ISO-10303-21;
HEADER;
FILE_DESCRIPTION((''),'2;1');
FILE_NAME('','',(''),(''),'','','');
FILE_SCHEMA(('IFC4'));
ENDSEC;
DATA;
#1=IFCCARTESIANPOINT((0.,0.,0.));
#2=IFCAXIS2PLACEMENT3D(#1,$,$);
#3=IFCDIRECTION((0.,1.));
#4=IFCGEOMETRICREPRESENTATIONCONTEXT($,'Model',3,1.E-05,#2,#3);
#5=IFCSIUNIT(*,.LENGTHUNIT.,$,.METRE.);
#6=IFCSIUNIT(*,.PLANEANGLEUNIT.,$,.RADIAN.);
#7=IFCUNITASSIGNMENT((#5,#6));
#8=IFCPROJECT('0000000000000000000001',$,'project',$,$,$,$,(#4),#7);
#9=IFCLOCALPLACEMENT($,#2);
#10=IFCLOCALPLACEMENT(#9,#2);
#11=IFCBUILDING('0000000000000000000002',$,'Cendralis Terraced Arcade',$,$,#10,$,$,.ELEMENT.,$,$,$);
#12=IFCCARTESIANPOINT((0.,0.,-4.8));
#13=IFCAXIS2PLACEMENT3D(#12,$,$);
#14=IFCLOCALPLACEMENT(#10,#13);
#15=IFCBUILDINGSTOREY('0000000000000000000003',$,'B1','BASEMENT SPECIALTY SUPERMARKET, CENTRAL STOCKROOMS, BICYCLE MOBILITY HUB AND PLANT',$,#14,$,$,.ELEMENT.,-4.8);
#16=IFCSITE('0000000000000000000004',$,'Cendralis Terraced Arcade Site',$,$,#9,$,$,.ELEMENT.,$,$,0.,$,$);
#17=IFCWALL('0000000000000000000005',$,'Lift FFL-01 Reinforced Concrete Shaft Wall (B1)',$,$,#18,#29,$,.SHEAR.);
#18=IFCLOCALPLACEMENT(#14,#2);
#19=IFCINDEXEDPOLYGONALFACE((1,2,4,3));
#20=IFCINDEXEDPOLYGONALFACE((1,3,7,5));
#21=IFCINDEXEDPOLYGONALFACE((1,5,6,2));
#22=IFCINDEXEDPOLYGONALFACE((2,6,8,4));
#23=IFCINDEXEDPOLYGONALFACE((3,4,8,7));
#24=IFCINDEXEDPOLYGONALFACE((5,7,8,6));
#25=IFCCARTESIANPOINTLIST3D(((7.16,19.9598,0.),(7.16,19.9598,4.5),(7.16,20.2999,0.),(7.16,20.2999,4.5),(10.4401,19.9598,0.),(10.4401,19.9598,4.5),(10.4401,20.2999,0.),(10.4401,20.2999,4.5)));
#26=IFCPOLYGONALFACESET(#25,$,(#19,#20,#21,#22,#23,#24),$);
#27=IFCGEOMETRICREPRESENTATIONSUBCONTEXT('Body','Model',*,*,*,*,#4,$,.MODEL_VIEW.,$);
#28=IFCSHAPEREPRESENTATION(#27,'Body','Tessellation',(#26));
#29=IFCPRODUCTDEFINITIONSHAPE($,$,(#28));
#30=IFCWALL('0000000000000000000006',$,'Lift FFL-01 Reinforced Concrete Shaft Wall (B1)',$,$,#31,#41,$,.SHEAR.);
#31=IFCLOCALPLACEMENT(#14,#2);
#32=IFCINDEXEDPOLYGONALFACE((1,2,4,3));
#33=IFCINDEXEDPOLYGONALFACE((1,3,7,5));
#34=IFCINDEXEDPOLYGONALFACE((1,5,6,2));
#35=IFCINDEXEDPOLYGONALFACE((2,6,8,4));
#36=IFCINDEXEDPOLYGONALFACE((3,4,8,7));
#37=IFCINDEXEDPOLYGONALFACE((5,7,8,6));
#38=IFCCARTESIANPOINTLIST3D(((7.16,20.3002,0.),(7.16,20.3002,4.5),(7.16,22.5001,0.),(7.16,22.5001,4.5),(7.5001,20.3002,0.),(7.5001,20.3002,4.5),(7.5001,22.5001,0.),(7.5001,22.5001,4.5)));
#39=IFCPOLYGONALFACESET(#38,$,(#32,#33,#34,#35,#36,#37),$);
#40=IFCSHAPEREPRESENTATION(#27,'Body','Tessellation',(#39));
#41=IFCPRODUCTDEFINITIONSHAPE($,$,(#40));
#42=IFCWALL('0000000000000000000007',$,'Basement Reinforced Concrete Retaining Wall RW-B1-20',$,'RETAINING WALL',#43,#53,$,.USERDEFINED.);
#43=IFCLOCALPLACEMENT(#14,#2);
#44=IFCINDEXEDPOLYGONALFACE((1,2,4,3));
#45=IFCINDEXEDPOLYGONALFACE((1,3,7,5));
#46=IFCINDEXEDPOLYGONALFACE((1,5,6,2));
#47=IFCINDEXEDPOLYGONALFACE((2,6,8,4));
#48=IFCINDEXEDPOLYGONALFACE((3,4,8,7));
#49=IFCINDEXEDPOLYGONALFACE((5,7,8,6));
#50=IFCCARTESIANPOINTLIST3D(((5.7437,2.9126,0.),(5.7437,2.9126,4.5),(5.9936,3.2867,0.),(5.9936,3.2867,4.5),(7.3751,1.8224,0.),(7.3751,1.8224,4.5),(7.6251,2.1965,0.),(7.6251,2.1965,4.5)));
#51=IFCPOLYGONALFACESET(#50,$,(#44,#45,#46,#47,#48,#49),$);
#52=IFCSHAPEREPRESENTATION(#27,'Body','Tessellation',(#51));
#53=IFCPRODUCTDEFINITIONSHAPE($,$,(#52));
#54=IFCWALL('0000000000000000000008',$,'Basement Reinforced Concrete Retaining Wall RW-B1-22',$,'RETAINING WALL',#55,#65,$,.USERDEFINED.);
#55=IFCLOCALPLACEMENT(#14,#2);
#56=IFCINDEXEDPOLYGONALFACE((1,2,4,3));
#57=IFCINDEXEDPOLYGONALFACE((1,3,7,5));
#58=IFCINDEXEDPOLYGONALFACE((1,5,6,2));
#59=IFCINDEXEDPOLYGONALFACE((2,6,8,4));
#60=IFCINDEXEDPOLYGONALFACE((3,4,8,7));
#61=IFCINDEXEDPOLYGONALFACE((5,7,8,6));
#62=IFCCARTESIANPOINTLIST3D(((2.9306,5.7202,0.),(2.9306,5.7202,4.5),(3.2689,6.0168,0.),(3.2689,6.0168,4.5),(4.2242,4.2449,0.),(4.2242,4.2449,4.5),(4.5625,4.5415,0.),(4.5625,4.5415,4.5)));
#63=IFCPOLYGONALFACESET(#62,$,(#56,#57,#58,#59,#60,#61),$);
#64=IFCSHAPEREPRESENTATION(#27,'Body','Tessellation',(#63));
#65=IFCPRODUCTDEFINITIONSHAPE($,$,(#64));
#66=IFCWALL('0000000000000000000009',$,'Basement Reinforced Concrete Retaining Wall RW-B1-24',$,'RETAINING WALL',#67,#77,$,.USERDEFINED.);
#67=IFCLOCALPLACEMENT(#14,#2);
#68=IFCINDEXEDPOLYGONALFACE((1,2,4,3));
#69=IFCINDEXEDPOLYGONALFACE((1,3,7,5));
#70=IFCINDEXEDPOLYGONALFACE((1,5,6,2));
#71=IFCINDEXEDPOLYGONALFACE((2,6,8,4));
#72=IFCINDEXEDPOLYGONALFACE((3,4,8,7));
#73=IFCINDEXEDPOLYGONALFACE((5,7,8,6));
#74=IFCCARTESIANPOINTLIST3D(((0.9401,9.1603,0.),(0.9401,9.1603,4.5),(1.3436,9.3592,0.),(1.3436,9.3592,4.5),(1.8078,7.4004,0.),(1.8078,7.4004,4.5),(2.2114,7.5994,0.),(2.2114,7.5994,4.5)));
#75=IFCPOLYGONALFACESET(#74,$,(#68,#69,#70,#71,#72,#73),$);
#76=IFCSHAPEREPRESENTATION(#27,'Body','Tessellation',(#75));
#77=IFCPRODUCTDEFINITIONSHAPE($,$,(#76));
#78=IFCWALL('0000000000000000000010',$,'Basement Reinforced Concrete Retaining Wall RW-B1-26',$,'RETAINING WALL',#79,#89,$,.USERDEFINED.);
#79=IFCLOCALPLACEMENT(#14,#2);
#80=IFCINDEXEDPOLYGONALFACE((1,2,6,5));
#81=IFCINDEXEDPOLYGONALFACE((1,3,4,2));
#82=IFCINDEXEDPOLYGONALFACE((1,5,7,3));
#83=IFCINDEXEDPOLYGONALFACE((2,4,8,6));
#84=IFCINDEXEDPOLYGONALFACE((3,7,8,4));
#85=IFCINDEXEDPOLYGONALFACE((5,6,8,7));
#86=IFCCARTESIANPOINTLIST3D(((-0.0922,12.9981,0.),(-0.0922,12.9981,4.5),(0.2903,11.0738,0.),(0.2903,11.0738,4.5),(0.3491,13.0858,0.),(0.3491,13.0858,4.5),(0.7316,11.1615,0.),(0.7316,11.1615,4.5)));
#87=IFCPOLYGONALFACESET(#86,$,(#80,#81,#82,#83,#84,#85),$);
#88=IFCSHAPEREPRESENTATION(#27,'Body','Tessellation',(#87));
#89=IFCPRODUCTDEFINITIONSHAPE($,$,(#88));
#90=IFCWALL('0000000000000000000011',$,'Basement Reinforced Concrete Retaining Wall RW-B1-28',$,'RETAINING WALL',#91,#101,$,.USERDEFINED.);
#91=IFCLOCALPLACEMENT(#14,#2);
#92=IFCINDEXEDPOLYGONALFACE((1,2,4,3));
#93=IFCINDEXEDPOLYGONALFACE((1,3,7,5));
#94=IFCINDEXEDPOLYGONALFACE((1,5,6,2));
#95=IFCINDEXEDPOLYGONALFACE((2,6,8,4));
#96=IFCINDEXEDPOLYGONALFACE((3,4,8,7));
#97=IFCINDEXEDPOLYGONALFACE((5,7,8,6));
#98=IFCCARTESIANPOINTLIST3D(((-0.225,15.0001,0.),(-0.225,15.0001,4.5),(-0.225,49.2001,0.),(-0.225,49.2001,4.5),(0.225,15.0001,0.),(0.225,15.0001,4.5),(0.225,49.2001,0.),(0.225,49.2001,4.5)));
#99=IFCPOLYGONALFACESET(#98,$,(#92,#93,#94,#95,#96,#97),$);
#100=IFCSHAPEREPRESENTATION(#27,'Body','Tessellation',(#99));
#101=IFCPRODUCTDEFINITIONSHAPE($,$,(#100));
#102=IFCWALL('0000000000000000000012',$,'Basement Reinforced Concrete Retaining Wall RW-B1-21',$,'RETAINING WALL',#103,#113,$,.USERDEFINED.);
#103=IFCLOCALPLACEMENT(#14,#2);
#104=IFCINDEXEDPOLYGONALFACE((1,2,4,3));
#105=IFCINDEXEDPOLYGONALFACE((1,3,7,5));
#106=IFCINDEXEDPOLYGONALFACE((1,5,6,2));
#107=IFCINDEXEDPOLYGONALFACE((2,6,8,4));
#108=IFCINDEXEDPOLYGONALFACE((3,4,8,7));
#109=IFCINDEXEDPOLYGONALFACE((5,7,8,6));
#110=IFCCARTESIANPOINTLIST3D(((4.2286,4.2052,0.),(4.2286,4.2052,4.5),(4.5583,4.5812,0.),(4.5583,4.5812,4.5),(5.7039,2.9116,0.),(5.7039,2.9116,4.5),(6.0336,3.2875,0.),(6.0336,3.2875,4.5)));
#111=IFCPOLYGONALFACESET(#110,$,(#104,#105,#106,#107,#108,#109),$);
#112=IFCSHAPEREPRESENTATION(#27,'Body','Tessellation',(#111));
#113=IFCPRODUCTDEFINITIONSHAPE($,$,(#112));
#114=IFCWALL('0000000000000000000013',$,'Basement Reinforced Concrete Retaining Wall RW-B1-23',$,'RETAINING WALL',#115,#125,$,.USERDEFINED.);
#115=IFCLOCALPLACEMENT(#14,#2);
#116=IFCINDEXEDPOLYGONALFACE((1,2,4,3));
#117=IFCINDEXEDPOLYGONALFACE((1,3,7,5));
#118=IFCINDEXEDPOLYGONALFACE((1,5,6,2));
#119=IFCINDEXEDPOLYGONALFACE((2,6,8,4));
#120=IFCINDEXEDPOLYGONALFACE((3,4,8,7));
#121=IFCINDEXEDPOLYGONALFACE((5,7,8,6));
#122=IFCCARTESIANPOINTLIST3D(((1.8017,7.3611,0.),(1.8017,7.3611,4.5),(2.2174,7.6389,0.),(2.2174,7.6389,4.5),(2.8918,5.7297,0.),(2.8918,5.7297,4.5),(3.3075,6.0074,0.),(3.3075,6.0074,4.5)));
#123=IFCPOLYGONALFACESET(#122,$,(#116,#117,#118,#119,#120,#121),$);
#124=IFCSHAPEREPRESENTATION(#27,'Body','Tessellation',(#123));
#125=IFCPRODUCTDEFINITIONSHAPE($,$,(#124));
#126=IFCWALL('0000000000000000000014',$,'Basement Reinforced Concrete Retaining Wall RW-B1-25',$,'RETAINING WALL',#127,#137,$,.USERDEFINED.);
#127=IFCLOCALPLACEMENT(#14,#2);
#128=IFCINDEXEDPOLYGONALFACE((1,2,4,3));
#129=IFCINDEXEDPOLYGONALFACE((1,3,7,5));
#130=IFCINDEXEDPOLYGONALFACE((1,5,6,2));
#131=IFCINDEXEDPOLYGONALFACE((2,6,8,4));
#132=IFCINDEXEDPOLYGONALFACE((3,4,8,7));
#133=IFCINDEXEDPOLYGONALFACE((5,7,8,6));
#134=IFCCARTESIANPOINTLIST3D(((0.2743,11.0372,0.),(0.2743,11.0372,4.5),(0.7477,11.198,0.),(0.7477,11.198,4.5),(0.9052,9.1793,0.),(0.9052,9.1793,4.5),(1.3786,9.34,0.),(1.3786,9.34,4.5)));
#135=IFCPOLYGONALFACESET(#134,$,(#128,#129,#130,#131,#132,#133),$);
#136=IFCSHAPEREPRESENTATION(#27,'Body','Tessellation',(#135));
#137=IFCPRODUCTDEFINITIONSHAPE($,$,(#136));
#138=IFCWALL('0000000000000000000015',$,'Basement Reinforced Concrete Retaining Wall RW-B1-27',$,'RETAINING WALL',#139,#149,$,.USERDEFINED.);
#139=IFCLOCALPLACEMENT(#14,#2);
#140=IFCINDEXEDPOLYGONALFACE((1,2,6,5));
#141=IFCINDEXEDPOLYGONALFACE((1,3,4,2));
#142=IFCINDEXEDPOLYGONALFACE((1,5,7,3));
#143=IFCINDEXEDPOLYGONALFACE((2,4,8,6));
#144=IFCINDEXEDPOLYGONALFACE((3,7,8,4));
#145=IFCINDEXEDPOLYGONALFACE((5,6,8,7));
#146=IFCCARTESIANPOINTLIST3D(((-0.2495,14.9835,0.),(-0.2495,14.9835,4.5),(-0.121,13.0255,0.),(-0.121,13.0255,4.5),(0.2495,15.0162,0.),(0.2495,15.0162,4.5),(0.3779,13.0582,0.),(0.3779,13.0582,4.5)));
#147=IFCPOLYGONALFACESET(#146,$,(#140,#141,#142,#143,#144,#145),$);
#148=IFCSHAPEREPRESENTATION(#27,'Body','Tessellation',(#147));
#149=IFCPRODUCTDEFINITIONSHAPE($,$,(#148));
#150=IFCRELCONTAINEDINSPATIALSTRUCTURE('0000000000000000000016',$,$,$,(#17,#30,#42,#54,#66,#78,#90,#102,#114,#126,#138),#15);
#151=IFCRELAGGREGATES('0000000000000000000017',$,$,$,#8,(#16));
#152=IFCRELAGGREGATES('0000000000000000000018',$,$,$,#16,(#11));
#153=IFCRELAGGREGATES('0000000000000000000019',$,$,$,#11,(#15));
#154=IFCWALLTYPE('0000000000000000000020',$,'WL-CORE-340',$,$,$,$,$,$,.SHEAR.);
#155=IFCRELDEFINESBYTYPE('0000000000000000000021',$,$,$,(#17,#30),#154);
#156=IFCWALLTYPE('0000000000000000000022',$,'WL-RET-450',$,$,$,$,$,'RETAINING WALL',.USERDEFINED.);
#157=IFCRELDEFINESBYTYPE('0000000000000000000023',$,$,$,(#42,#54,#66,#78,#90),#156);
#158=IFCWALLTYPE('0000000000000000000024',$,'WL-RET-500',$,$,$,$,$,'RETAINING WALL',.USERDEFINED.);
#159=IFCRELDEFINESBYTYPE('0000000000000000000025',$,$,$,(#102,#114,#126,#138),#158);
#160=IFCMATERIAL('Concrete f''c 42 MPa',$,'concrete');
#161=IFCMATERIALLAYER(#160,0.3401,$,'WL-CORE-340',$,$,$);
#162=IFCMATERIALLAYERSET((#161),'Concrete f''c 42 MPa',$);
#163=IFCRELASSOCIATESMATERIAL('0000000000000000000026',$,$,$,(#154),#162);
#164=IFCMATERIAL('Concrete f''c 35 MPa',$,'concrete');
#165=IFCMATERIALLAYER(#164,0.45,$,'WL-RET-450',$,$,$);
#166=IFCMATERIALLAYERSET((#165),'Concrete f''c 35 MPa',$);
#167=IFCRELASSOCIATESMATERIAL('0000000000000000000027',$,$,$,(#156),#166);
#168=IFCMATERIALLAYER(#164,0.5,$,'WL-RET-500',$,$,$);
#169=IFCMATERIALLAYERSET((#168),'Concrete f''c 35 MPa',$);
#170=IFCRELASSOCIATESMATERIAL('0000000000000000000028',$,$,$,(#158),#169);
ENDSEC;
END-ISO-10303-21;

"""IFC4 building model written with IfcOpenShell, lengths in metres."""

from ifc_helpers import new_model, si_unit, direction, frame, frame_2d, origin, place, context, subcontext, project, spatial, rectangle, extrude, material, layer, layer_set, type_object, element, save


model = new_model("IFC4")

# Units and contexts
model_context = context("Model", 3, precision=1e-05, world=origin(), true_north=direction((0.0, 1.0)))
body_context = subcontext(model_context, "Body", "Model", "MODEL_VIEW")
ifc_project = project(units=[si_unit("LENGTHUNIT", "METRE"), si_unit("PLANEANGLEUNIT", "RADIAN")], contexts=[model_context])

# Site, building, storey
site_placement = place(None, origin())
site = spatial("IfcSite", under=ifc_project, at=site_placement, Name="Cendralis Terraced Arcade Site", CompositionType="ELEMENT", RefElevation=0.0)
building_placement = place(site_placement, origin())
building = spatial("IfcBuilding", under=site, at=building_placement, Name="Cendralis Terraced Arcade", CompositionType="ELEMENT")
storey_placement = place(building_placement, frame((0.0, 0.0, -4.8)))
storey = spatial("IfcBuildingStorey", under=building, at=storey_placement, Name="B1", Description="BASEMENT SPECIALTY SUPERMARKET, CENTRAL STOCKROOMS, BICYCLE MOBILITY HUB AND PLANT", CompositionType="ELEMENT", Elevation=-4.8)

# Shared definitions
ifc_material_1 = material(Name="Concrete f'c 35 MPa", Category="concrete")

# Shared definitions
ifc_material_2 = material(Name="Concrete f'c 42 MPa", Category="concrete")

# Walls
ifc_layer_1 = layer(ifc_material_2, 0.3401, Name="WL-CORE-340")
ifc_layer_set_1 = layer_set([ifc_layer_1], Name="Concrete f'c 42 MPa")
wall_type_1 = type_object("IfcWallType", Name="WL-CORE-340", PredefinedType="SHEAR", material=ifc_layer_set_1)
wall_1_placement = place(storey_placement, frame((7.1599, 20.1299, 0.0), z_axis=(0.0, 0.0, 1.0), x_axis=(1.0, 0.0, 0.0)))
element("IfcWall", 1, at=wall_1_placement, inside=storey, type_object=wall_type_1, Name="Lift FFL-01 Reinforced Concrete Shaft Wall (B1)", PredefinedType="SHEAR", context=body_context, shape_type="SweptSolid", body=[
    extrude(rectangle(XDim=3.28, YDim=0.3401, at=frame_2d((1.6401, 0.0))), origin(), (0.0, 0.0, 1.0), 4.5),
])
wall_2_placement = place(storey_placement, frame((7.3301, 20.3, 0.0), z_axis=(0.0, 0.0, 1.0), x_axis=(0.0, 1.0, 0.0)))
element("IfcWall", 2, at=wall_2_placement, inside=storey, type_object=wall_type_1, Name="Lift FFL-01 Reinforced Concrete Shaft Wall (B1)", PredefinedType="SHEAR", context=body_context, shape_type="SweptSolid", body=[
    extrude(rectangle(XDim=2.2, YDim=0.3401, at=frame_2d((1.1001, 0.0))), origin(), (0.0, 0.0, 1.0), 4.5),
])
ifc_layer_2 = layer(ifc_material_1, 0.45, Name="WL-RET-450")
ifc_layer_set_2 = layer_set([ifc_layer_2], Name="Concrete f'c 35 MPa")
wall_type_2 = type_object("IfcWallType", Name="WL-RET-450", ElementType="RETAINING WALL", PredefinedType="USERDEFINED", material=ifc_layer_set_2)
for number, where, z_axis, x_axis, name in (
    (3, (7.5, 2.0095, 0.0), (0.0, 0.0, 1.0), (-0.831456, 0.55559, 0.0), "Basement Reinforced Concrete Retaining Wall RW-B1-20"),
    (4, (4.3933, 4.3933, 0.0), (0.0, 0.0, 1.0), (-0.659306, 0.751875, 0.0), "Basement Reinforced Concrete Retaining Wall RW-B1-22"),
    (5, (2.0095, 7.5, 0.0), (0.0, 0.0, 1.0), (-0.442229, 0.896902, 0.0), "Basement Reinforced Concrete Retaining Wall RW-B1-24"),
):
    element("IfcWall", number, at=place(storey_placement, frame(where, z_axis=z_axis, x_axis=x_axis)), inside=storey, type_object=wall_type_2, Name=name, ObjectType="RETAINING WALL", PredefinedType="USERDEFINED", context=body_context, shape_type="SweptSolid", body=[
        extrude(rectangle(XDim=1.9622, YDim=0.45, at=frame_2d((0.981, 0.0))), origin(), (0.0, 0.0, 1.0), 4.5),
    ])
wall_3_placement = place(storey_placement, frame((0.511, 11.1177, 0.0), z_axis=(0.0, 0.0, 1.0), x_axis=(-0.194991, 0.980805, 0.0)))
element("IfcWall", 6, at=wall_3_placement, inside=storey, type_object=wall_type_2, Name="Basement Reinforced Concrete Retaining Wall RW-B1-26", ObjectType="RETAINING WALL", PredefinedType="USERDEFINED", context=body_context, shape_type="SweptSolid", body=[
    extrude(rectangle(XDim=1.9619, YDim=0.45, at=frame_2d((0.981, 0.0))), origin(), (0.0, 0.0, 1.0), 4.5),
])
wall_4_placement = place(storey_placement, frame((0.0, 15.0, 0.0), z_axis=(0.0, 0.0, 1.0), x_axis=(0.0, 1.0, 0.0)))
element("IfcWall", 7, at=wall_4_placement, inside=storey, type_object=wall_type_2, Name="Basement Reinforced Concrete Retaining Wall RW-B1-28", ObjectType="RETAINING WALL", PredefinedType="USERDEFINED", context=body_context, shape_type="SweptSolid", body=[
    extrude(rectangle(XDim=34.2, YDim=0.45, at=frame_2d((17.1001, 0.0))), origin(), (0.0, 0.0, 1.0), 4.5),
])
ifc_layer_3 = layer(ifc_material_1, 0.5, Name="WL-RET-500")
ifc_layer_set_3 = layer_set([ifc_layer_3], Name="Concrete f'c 35 MPa")
wall_type_3 = type_object("IfcWallType", Name="WL-RET-500", ElementType="RETAINING WALL", PredefinedType="USERDEFINED", material=ifc_layer_set_3)
for number, where, z_axis, x_axis, name in (
    (8, (5.8687, 3.0996, 0.0), (0.0, 0.0, 1.0), (-0.751875, 0.659306, 0.0), "Basement Reinforced Concrete Retaining Wall RW-B1-21"),
    (9, (3.0996, 5.8687, 0.0), (0.0, 0.0, 1.0), (-0.55559, 0.831456, 0.0), "Basement Reinforced Concrete Retaining Wall RW-B1-23"),
    (10, (1.1418, 9.2598, 0.0), (0.0, 0.0, 1.0), (-0.321523, 0.946902, 0.0), "Basement Reinforced Concrete Retaining Wall RW-B1-25"),
    (11, (0.1284, 13.042, 0.0), (0.0, 0.0, 1.0), (-0.065445, 0.997856, 0.0), "Basement Reinforced Concrete Retaining Wall RW-B1-27"),
):
    element("IfcWall", number, at=place(storey_placement, frame(where, z_axis=z_axis, x_axis=x_axis)), inside=storey, type_object=wall_type_3, Name=name, ObjectType="RETAINING WALL", PredefinedType="USERDEFINED", context=body_context, shape_type="SweptSolid", body=[
        extrude(rectangle(XDim=1.9622, YDim=0.5, at=frame_2d((0.981, 0.0))), origin(), (0.0, 0.0, 1.0), 4.5),
    ])

save(model, "model.ifc")
